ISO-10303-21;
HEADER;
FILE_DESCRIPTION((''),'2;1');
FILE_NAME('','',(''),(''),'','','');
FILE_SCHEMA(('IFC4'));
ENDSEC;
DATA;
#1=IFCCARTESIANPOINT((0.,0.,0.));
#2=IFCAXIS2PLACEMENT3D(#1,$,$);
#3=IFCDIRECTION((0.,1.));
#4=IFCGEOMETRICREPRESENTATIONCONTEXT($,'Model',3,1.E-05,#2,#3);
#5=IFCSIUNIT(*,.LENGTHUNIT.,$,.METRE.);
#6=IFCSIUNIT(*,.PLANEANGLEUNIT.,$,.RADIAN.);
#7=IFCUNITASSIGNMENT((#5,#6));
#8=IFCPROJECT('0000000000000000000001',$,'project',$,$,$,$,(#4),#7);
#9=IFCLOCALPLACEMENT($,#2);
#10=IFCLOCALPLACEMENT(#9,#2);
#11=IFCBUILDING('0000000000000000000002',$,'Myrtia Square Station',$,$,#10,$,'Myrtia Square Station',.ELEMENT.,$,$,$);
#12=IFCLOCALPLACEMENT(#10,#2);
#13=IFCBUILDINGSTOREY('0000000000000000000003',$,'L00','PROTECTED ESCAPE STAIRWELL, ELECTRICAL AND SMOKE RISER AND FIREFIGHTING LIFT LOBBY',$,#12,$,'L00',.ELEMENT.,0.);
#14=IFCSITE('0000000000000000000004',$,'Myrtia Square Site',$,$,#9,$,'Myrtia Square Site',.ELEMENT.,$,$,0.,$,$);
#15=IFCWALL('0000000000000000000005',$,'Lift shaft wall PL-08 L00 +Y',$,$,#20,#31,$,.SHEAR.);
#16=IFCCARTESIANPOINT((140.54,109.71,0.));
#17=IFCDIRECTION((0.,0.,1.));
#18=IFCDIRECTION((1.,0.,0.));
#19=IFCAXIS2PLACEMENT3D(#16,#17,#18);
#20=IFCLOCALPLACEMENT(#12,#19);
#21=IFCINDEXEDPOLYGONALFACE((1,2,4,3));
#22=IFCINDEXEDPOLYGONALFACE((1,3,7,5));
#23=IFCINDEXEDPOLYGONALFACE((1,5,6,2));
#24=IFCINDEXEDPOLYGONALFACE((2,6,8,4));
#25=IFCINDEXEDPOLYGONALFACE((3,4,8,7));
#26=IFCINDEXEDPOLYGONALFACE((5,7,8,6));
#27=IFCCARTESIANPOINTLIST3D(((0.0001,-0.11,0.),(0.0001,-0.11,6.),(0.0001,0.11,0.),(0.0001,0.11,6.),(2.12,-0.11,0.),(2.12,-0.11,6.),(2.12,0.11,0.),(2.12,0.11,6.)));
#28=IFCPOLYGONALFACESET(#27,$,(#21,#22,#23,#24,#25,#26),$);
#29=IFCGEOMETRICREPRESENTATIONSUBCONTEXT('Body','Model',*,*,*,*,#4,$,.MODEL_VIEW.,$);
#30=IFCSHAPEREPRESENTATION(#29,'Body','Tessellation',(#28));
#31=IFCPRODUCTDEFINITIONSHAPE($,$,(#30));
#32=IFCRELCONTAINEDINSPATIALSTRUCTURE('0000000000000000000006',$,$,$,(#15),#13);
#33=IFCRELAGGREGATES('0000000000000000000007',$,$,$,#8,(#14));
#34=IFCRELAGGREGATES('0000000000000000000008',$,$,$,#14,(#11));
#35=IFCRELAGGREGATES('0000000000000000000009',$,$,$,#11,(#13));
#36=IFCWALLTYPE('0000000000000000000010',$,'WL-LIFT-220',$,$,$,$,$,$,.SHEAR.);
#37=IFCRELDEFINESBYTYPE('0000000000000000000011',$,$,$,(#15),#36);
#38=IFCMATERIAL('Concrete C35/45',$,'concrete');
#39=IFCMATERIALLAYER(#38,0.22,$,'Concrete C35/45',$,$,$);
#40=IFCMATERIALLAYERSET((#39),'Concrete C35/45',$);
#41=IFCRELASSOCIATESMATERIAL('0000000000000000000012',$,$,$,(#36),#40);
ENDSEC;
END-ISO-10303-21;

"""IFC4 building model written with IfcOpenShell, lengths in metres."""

from ifc_helpers import new_model, si_unit, direction, frame, frame_2d, origin, place, context, subcontext, project, spatial, rectangle, extrude, material, layer, layer_set, type_object, element, save


model = new_model("IFC4")

# Units and contexts
model_context = context("Model", 3, precision=1e-05, world=origin(), true_north=direction((0.0, 1.0)))
body_context = subcontext(model_context, "Body", "Model", "MODEL_VIEW")
ifc_project = project(units=[si_unit("LENGTHUNIT", "METRE"), si_unit("PLANEANGLEUNIT", "RADIAN")], contexts=[model_context])

# Site, building, storey
site_placement = place(None, origin())
site = spatial("IfcSite", under=ifc_project, at=site_placement, Name="Myrtia Square Site", LongName="Myrtia Square Site", CompositionType="ELEMENT", RefElevation=0.0)
building_placement = place(site_placement, origin())
building = spatial("IfcBuilding", under=site, at=building_placement, Name="Myrtia Square Station", LongName="Myrtia Square Station", CompositionType="ELEMENT")
storey_placement = place(building_placement, origin())
storey = spatial("IfcBuildingStorey", under=building, at=storey_placement, Name="L00", Description="PROTECTED ESCAPE STAIRWELL, ELECTRICAL AND SMOKE RISER AND FIREFIGHTING LIFT LOBBY", LongName="L00", CompositionType="ELEMENT", Elevation=0.0)

# Shared definitions
ifc_material_1 = material(Name="Concrete C35/45", Category="concrete")
ifc_layer_1 = layer(ifc_material_1, 0.22, Name="Concrete C35/45")
ifc_layer_set_1 = layer_set([ifc_layer_1], Name="Concrete C35/45")
wall_type_1 = type_object("IfcWallType", Name="WL-LIFT-220", PredefinedType="SHEAR", material=ifc_layer_set_1)

# Wall
wall_1_placement = place(storey_placement, frame((140.54, 109.71, 0.0), z_axis=(0.0, 0.0, 1.0), x_axis=(1.0, 0.0, 0.0)))
element("IfcWall", 1, at=wall_1_placement, inside=storey, type_object=wall_type_1, Name="Lift shaft wall PL-08 L00 +Y", PredefinedType="SHEAR", context=body_context, shape_type="SweptSolid", body=[
    extrude(rectangle(XDim=2.1199, YDim=0.22, at=frame_2d((1.0601, 0.0))), origin(), (0.0, 0.0, 1.0), 6.0),
])

save(model, "model.ifc")
